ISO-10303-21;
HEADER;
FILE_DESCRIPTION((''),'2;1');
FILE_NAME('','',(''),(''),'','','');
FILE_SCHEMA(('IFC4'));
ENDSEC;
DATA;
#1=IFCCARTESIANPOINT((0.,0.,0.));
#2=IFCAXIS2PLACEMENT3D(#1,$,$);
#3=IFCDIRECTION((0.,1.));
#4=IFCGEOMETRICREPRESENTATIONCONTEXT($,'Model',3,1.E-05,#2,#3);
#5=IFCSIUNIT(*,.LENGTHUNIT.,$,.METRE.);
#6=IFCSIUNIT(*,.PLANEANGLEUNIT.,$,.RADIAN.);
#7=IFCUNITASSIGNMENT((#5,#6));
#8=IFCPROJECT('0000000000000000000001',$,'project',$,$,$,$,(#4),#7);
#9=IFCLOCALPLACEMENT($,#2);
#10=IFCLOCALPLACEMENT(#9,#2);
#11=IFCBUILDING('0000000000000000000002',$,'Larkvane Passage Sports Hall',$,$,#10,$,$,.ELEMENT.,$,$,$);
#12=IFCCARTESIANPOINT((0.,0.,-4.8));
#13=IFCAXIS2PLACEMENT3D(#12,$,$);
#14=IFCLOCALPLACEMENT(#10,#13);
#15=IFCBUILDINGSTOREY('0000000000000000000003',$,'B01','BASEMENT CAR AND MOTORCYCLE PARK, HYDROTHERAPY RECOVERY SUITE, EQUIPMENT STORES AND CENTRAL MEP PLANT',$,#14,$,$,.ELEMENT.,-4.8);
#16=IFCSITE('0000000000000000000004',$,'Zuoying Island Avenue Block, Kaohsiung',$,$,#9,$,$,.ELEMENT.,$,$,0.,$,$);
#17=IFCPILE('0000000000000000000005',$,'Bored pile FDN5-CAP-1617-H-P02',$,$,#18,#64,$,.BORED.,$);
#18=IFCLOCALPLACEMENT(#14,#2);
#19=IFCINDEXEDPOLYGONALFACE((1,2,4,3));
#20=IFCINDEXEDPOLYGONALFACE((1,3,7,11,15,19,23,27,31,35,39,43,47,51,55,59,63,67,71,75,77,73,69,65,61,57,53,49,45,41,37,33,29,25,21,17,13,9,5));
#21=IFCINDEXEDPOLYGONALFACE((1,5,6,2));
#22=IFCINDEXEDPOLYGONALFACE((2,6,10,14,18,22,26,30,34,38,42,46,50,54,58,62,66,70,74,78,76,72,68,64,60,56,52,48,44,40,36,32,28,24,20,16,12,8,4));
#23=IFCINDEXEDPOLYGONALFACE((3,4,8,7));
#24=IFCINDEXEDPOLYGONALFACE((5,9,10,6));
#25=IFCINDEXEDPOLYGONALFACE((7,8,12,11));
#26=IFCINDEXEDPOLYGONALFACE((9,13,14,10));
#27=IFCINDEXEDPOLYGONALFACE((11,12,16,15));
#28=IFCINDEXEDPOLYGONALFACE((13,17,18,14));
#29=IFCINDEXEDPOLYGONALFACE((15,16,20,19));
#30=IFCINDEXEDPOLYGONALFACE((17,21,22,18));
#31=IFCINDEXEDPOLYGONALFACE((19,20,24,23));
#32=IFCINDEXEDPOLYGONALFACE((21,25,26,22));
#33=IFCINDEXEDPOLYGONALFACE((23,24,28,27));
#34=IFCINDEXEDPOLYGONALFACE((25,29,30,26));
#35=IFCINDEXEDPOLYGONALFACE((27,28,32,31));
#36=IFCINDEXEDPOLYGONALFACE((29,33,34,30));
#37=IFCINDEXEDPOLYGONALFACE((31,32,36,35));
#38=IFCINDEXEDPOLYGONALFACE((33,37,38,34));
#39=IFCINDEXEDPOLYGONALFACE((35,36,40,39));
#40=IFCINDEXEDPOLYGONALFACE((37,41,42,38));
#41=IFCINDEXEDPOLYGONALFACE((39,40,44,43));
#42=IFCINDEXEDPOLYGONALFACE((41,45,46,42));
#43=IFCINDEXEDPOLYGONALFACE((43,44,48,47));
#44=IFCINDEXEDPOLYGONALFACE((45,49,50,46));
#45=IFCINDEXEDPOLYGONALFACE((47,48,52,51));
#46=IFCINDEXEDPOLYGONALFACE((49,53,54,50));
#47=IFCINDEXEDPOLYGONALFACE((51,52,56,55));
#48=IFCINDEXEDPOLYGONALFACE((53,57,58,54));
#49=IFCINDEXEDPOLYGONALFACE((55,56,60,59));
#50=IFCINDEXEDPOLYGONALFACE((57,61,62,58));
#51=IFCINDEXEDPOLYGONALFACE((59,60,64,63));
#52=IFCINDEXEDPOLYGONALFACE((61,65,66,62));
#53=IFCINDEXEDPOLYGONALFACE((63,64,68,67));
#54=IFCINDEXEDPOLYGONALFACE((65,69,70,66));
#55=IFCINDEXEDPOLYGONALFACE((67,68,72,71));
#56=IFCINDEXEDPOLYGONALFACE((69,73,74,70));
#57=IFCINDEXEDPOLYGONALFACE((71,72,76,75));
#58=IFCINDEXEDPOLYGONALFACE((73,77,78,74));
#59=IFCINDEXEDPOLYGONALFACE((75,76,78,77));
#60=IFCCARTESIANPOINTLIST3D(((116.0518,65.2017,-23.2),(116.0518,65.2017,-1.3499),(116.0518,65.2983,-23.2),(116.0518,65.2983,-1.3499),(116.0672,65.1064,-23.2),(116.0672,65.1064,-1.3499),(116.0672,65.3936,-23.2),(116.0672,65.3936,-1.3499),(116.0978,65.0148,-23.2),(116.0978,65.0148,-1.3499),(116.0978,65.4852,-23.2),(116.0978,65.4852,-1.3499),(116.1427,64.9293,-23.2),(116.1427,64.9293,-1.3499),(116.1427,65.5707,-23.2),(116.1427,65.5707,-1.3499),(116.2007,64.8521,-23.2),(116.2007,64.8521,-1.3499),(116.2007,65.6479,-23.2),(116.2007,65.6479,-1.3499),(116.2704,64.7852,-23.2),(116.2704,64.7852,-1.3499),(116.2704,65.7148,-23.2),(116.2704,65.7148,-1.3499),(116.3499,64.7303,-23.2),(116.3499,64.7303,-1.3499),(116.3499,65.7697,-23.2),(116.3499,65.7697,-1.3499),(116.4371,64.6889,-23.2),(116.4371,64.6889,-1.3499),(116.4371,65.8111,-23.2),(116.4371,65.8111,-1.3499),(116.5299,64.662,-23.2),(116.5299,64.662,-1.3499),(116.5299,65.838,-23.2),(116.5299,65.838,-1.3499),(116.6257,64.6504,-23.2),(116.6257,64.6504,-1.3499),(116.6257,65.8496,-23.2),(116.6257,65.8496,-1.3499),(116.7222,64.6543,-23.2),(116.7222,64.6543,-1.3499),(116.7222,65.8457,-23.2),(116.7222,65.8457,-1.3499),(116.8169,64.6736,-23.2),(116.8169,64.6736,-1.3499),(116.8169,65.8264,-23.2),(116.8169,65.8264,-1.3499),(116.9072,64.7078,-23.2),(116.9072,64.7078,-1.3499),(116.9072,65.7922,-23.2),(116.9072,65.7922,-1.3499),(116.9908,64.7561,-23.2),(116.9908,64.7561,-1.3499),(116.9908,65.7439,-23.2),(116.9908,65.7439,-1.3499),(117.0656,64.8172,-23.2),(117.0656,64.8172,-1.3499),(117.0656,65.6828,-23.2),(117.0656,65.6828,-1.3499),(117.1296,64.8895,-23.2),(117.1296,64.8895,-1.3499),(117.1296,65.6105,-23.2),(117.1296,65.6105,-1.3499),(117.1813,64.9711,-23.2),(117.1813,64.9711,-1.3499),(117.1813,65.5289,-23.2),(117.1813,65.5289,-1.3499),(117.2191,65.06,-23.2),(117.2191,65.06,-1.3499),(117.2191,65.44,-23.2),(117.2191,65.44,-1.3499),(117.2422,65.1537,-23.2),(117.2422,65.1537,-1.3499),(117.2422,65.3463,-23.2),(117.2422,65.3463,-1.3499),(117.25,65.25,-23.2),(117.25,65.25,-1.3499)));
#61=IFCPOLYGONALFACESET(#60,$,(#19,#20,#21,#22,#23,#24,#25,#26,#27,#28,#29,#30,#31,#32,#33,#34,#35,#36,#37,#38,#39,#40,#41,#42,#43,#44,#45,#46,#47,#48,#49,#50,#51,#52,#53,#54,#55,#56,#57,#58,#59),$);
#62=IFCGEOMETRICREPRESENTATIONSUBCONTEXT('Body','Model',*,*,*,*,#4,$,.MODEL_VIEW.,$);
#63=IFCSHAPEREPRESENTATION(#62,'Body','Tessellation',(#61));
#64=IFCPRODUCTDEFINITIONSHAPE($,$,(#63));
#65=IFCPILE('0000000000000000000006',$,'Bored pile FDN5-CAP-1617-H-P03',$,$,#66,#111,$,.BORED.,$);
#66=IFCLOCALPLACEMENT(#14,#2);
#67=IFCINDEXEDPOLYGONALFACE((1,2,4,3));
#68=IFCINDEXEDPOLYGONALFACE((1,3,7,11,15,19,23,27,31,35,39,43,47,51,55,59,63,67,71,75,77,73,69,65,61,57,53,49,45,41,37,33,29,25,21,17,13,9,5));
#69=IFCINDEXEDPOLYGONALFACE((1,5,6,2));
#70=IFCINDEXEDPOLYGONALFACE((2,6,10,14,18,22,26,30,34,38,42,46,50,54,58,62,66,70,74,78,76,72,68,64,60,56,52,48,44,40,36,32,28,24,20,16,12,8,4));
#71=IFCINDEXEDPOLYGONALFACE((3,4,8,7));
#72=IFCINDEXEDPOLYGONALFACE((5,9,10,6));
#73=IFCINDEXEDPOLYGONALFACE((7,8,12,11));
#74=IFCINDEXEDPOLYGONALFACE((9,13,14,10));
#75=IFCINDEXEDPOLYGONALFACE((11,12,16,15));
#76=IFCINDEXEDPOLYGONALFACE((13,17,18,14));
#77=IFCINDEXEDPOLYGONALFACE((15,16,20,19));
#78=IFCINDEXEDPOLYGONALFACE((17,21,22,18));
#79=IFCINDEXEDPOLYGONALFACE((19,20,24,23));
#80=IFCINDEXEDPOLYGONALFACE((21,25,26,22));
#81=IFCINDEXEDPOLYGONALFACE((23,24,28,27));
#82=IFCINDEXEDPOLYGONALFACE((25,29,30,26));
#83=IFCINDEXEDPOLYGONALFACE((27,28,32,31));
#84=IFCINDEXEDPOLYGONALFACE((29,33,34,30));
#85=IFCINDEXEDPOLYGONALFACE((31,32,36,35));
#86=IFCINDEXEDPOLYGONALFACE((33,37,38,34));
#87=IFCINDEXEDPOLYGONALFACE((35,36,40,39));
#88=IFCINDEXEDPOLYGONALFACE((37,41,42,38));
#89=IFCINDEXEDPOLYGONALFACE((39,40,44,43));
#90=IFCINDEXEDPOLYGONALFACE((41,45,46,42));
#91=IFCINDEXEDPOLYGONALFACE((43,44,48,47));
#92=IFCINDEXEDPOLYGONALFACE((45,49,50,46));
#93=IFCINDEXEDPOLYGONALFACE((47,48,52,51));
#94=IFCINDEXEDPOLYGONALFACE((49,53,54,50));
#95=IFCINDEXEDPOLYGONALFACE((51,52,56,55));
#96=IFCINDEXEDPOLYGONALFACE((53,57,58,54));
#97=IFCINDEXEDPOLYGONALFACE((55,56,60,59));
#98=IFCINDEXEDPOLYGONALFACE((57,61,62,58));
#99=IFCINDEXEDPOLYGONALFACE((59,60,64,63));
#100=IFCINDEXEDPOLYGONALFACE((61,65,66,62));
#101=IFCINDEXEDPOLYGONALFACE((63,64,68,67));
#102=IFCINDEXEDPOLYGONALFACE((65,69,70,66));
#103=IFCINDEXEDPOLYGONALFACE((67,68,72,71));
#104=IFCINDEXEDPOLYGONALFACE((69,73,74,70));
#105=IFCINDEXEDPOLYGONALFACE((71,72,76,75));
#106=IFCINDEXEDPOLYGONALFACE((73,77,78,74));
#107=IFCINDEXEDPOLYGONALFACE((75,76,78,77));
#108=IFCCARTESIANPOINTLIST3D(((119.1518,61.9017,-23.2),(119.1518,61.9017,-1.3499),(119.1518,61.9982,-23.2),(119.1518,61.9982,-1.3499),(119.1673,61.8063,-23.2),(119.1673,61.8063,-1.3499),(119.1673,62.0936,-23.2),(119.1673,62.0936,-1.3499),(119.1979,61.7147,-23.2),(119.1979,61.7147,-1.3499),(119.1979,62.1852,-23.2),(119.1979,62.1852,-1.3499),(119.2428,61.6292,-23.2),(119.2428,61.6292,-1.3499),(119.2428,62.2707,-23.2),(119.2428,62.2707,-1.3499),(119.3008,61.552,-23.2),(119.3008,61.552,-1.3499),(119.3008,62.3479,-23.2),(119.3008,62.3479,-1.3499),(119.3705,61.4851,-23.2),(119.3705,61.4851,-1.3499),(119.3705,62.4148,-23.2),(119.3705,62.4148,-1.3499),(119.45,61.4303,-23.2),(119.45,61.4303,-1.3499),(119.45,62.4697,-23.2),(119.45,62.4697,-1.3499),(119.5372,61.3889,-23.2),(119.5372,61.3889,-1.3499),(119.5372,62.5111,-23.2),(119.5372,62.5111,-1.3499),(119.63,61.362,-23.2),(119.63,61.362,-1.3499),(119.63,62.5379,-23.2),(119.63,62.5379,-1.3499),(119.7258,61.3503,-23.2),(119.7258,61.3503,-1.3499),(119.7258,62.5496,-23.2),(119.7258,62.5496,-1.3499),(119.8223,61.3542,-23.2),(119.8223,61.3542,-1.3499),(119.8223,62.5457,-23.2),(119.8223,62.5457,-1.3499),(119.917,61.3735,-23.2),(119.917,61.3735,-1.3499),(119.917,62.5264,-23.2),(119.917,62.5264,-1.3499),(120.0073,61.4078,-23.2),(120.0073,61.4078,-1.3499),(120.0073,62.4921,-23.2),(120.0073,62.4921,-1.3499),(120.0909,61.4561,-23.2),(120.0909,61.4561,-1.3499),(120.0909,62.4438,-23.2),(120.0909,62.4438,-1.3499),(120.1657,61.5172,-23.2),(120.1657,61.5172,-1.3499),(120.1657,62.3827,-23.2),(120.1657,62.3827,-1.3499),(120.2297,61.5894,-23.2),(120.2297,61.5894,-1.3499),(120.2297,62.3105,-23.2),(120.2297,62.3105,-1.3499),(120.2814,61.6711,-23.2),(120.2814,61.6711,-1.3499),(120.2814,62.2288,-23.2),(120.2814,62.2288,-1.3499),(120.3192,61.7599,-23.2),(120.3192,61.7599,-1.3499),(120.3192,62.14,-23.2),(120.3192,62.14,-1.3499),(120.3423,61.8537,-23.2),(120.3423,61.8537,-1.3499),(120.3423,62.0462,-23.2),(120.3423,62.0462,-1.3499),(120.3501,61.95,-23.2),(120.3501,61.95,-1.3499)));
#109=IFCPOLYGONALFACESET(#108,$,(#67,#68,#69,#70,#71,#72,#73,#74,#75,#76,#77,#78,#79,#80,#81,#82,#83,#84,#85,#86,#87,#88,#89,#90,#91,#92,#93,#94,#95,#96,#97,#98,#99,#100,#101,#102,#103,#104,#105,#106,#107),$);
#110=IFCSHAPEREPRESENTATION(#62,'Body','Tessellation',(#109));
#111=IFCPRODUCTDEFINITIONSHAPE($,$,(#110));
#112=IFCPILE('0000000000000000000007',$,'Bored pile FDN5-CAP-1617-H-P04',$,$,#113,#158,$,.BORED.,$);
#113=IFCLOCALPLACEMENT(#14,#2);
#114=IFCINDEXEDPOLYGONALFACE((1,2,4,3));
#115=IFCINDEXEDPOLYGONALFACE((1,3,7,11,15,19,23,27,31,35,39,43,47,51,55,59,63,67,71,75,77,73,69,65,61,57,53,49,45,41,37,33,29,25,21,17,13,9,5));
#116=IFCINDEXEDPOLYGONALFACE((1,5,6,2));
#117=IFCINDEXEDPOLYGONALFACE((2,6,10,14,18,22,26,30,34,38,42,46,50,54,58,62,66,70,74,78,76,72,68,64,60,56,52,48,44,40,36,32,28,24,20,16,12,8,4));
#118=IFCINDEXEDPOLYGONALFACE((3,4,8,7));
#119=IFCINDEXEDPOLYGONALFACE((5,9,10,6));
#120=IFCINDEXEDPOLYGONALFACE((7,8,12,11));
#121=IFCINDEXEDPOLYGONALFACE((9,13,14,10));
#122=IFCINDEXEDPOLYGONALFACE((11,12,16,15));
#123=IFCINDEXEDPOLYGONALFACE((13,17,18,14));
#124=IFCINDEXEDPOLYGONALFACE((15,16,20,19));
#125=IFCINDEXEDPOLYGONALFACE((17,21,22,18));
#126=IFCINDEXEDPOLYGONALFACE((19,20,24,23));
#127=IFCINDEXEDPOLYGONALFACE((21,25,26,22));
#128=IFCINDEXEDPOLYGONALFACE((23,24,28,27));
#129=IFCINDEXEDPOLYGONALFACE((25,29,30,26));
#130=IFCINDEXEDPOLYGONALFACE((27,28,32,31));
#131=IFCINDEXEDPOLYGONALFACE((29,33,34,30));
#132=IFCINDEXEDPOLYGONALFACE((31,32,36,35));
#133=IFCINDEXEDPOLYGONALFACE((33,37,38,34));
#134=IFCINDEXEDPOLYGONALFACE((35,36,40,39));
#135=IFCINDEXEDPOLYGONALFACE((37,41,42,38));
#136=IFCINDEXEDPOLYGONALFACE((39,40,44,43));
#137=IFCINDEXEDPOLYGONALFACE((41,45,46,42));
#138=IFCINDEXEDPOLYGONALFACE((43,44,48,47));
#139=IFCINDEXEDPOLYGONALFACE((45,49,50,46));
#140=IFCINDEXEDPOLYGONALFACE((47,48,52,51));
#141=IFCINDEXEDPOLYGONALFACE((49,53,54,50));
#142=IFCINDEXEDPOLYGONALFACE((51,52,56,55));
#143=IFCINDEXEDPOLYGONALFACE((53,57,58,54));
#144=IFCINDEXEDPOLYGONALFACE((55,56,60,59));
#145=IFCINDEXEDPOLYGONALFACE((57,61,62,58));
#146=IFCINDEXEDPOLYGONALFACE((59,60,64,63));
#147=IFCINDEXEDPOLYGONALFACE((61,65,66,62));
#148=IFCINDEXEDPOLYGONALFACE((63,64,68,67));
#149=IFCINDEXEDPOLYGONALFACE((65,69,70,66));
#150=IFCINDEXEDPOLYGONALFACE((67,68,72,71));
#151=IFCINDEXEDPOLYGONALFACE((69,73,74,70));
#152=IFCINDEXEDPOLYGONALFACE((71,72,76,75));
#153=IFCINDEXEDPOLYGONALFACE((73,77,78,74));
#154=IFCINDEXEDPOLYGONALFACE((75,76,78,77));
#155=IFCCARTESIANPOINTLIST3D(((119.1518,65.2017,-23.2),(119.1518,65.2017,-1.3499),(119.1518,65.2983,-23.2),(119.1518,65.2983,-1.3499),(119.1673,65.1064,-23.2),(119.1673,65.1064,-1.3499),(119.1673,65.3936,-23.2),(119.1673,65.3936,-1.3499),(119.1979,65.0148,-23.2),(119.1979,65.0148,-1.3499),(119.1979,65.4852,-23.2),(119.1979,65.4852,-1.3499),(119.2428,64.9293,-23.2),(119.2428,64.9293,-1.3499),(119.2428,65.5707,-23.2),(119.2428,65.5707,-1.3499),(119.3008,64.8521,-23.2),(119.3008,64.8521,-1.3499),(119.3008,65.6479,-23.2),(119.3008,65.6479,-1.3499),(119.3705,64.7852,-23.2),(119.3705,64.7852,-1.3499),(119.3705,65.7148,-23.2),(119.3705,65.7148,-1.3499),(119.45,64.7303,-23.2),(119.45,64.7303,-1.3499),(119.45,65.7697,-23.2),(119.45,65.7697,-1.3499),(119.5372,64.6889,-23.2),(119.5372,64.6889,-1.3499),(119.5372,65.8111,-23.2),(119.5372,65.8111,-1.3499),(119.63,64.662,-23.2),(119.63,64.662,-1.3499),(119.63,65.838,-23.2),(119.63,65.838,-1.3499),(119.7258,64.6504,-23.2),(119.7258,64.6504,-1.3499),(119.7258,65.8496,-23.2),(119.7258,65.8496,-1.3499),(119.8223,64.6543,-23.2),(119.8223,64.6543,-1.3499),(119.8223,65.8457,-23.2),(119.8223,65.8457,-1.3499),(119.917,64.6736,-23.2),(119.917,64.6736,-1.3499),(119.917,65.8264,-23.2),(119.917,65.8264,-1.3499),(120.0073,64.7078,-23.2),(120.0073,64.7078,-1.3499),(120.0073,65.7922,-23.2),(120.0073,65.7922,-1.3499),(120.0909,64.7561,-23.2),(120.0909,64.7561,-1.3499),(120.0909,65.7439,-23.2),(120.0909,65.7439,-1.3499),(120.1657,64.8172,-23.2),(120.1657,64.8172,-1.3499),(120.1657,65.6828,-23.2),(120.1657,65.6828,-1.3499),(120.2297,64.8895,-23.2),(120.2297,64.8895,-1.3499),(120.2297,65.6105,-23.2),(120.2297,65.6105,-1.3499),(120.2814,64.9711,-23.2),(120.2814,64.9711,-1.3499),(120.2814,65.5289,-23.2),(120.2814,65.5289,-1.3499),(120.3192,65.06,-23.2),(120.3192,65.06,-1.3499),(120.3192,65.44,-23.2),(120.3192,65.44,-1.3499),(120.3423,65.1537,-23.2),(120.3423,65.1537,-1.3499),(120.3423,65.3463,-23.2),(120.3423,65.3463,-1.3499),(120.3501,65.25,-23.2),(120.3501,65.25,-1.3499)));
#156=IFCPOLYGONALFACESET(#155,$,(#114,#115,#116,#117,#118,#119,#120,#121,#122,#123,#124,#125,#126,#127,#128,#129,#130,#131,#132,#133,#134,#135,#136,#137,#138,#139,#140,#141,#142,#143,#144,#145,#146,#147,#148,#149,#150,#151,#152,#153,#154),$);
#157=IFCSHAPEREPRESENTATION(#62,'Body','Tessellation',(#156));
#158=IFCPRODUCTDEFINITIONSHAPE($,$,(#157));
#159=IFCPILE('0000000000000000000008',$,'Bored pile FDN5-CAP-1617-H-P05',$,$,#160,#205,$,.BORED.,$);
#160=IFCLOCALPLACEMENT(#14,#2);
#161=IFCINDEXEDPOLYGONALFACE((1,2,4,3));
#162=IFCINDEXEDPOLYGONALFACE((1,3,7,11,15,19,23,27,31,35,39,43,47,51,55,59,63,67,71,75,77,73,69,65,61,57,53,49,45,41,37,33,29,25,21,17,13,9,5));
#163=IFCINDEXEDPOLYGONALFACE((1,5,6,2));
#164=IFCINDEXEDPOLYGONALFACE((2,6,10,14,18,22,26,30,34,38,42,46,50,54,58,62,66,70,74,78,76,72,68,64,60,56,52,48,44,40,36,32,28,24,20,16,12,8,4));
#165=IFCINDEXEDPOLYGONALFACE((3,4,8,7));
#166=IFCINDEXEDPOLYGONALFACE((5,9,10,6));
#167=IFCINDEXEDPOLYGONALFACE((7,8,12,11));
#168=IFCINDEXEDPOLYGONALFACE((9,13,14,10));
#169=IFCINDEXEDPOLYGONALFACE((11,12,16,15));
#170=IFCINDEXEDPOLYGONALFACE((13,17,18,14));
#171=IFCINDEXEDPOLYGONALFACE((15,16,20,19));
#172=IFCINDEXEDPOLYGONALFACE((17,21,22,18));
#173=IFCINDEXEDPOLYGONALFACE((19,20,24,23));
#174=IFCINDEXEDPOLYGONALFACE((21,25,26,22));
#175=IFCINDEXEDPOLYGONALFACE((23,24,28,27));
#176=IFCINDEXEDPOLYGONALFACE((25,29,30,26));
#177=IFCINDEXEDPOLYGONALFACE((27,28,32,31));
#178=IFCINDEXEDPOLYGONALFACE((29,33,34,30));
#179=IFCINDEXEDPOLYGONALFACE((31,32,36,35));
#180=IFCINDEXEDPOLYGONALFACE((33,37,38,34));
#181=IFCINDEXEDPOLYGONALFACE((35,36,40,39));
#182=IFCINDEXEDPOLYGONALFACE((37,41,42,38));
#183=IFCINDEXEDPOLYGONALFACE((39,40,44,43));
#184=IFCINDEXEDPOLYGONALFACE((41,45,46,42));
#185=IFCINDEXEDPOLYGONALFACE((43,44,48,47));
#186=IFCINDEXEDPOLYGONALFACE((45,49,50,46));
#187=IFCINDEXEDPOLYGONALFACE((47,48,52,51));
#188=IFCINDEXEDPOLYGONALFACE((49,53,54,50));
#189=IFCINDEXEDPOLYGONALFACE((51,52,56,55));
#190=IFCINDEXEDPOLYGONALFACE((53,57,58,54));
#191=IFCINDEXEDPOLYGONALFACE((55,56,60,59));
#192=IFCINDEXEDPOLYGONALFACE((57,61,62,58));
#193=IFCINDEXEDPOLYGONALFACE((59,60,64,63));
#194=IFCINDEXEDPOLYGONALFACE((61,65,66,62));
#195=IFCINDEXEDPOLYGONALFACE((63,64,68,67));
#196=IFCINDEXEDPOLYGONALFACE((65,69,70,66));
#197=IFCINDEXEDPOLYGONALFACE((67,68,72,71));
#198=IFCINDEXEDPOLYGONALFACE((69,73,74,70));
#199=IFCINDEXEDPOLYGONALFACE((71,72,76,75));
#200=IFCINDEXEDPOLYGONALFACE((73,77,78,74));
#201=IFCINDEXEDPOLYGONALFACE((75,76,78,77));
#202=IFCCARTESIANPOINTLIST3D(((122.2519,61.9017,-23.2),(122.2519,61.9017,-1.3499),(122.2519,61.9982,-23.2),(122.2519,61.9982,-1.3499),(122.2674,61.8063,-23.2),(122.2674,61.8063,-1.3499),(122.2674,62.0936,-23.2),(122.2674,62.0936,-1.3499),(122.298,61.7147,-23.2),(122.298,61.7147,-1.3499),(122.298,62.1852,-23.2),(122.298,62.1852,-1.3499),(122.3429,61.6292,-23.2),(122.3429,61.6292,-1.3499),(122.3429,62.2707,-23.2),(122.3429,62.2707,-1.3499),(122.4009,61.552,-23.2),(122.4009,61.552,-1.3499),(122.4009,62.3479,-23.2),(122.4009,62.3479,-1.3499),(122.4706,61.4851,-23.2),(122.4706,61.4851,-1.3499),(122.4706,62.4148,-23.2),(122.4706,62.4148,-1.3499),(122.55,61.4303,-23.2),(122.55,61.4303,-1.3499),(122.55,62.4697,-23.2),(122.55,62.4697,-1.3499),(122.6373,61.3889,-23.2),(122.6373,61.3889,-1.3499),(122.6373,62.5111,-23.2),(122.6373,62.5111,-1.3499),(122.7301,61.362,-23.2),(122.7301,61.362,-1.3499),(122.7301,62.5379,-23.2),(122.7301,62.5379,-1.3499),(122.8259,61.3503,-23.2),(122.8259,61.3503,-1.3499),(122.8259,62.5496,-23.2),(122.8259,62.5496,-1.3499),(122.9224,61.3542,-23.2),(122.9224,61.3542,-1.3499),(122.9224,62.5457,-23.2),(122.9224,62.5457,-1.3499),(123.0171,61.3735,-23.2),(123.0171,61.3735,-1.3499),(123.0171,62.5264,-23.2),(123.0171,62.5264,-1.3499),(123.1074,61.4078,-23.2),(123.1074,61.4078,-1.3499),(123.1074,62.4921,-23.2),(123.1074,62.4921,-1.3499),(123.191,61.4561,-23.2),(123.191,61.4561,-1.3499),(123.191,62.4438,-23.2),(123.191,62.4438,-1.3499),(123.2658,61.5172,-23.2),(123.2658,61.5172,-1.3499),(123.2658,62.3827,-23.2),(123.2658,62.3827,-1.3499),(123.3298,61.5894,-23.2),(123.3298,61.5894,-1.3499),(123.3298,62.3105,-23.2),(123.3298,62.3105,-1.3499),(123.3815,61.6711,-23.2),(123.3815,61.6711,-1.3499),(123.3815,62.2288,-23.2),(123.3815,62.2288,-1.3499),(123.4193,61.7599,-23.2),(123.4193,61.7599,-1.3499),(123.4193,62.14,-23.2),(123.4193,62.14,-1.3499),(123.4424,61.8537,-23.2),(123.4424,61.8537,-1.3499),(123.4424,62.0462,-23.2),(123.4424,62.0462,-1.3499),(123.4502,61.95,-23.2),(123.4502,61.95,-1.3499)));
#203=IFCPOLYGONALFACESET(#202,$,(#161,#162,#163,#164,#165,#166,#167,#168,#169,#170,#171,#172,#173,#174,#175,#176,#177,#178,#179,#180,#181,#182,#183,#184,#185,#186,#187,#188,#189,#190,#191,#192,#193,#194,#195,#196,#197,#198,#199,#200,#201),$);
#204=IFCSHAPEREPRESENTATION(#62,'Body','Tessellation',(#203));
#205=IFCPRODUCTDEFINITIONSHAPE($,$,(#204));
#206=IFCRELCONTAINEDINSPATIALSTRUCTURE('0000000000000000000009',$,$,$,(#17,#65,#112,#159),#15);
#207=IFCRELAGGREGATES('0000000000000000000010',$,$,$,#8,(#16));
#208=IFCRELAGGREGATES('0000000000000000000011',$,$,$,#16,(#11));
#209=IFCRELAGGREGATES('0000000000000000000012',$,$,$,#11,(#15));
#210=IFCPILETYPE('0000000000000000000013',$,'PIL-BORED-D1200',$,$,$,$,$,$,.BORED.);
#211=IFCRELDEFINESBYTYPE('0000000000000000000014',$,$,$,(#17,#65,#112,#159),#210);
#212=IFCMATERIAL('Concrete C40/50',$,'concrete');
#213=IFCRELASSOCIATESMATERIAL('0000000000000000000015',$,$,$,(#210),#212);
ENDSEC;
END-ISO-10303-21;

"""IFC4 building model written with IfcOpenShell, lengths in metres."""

from ifc_helpers import new_model, si_unit, direction, frame, origin, origin_2d, place, context, subcontext, project, spatial, circle, extrude, material, material_profile, profile_set, type_object, element, save


model = new_model("IFC4")

# Units and contexts
model_context = context("Model", 3, precision=1e-05, world=origin(), true_north=direction((0.0, 1.0)))
body_context = subcontext(model_context, "Body", "Model", "MODEL_VIEW")
ifc_project = project(units=[si_unit("LENGTHUNIT", "METRE"), si_unit("PLANEANGLEUNIT", "RADIAN")], contexts=[model_context])

# Site, building, storey
site_placement = place(None, origin())
site = spatial("IfcSite", under=ifc_project, at=site_placement, Name="Zuoying Island Avenue Block, Kaohsiung", CompositionType="ELEMENT", RefElevation=0.0)
building_placement = place(site_placement, origin())
building = spatial("IfcBuilding", under=site, at=building_placement, Name="Larkvane Passage Sports Hall", CompositionType="ELEMENT")
storey_placement = place(building_placement, frame((0.0, 0.0, -4.8)))
storey = spatial("IfcBuildingStorey", under=building, at=storey_placement, Name="B01", Description="BASEMENT CAR AND MOTORCYCLE PARK, HYDROTHERAPY RECOVERY SUITE, EQUIPMENT STORES AND CENTRAL MEP PLANT", CompositionType="ELEMENT", Elevation=-4.8)

# Shared definitions
ifc_material_1 = material(Name="Concrete C40/50", Category="concrete")

# Piles
ifc_material_profile_1 = material_profile(ifc_material_1, circle(Radius=0.6001, at=origin_2d()), Name="PILE-D1200")
ifc_profile_set_1 = profile_set([ifc_material_profile_1], Name="Concrete C40/50")
pile_type_1 = type_object("IfcPileType", Name="PIL-BORED-D1200", PredefinedType="BORED", material=ifc_profile_set_1)
for number, where, z_axis, x_axis, name in (
    (1, (116.6499, 65.25, -1.3499), (0.0, 0.0, -1.0), (1.0, 0.0, 0.0), "Bored pile FDN5-CAP-1617-H-P02"),
    (2, (119.75, 61.95, -1.3499), (0.0, 0.0, -1.0), (1.0, 0.0, 0.0), "Bored pile FDN5-CAP-1617-H-P03"),
    (3, (119.75, 65.25, -1.3499), (0.0, 0.0, -1.0), (1.0, 0.0, 0.0), "Bored pile FDN5-CAP-1617-H-P04"),
    (4, (122.8501, 61.95, -1.3499), (0.0, 0.0, -1.0), (1.0, 0.0, 0.0), "Bored pile FDN5-CAP-1617-H-P05"),
):
    element("IfcPile", number, at=place(storey_placement, frame(where, z_axis=z_axis, x_axis=x_axis)), inside=storey, type_object=pile_type_1, Name=name, PredefinedType="BORED", context=body_context, shape_type="SweptSolid", body=[
        extrude(circle(Radius=0.6001, at=origin_2d()), origin(), (0.0, 0.0, 1.0), 21.8501),
    ])

save(model, "model.ifc")
